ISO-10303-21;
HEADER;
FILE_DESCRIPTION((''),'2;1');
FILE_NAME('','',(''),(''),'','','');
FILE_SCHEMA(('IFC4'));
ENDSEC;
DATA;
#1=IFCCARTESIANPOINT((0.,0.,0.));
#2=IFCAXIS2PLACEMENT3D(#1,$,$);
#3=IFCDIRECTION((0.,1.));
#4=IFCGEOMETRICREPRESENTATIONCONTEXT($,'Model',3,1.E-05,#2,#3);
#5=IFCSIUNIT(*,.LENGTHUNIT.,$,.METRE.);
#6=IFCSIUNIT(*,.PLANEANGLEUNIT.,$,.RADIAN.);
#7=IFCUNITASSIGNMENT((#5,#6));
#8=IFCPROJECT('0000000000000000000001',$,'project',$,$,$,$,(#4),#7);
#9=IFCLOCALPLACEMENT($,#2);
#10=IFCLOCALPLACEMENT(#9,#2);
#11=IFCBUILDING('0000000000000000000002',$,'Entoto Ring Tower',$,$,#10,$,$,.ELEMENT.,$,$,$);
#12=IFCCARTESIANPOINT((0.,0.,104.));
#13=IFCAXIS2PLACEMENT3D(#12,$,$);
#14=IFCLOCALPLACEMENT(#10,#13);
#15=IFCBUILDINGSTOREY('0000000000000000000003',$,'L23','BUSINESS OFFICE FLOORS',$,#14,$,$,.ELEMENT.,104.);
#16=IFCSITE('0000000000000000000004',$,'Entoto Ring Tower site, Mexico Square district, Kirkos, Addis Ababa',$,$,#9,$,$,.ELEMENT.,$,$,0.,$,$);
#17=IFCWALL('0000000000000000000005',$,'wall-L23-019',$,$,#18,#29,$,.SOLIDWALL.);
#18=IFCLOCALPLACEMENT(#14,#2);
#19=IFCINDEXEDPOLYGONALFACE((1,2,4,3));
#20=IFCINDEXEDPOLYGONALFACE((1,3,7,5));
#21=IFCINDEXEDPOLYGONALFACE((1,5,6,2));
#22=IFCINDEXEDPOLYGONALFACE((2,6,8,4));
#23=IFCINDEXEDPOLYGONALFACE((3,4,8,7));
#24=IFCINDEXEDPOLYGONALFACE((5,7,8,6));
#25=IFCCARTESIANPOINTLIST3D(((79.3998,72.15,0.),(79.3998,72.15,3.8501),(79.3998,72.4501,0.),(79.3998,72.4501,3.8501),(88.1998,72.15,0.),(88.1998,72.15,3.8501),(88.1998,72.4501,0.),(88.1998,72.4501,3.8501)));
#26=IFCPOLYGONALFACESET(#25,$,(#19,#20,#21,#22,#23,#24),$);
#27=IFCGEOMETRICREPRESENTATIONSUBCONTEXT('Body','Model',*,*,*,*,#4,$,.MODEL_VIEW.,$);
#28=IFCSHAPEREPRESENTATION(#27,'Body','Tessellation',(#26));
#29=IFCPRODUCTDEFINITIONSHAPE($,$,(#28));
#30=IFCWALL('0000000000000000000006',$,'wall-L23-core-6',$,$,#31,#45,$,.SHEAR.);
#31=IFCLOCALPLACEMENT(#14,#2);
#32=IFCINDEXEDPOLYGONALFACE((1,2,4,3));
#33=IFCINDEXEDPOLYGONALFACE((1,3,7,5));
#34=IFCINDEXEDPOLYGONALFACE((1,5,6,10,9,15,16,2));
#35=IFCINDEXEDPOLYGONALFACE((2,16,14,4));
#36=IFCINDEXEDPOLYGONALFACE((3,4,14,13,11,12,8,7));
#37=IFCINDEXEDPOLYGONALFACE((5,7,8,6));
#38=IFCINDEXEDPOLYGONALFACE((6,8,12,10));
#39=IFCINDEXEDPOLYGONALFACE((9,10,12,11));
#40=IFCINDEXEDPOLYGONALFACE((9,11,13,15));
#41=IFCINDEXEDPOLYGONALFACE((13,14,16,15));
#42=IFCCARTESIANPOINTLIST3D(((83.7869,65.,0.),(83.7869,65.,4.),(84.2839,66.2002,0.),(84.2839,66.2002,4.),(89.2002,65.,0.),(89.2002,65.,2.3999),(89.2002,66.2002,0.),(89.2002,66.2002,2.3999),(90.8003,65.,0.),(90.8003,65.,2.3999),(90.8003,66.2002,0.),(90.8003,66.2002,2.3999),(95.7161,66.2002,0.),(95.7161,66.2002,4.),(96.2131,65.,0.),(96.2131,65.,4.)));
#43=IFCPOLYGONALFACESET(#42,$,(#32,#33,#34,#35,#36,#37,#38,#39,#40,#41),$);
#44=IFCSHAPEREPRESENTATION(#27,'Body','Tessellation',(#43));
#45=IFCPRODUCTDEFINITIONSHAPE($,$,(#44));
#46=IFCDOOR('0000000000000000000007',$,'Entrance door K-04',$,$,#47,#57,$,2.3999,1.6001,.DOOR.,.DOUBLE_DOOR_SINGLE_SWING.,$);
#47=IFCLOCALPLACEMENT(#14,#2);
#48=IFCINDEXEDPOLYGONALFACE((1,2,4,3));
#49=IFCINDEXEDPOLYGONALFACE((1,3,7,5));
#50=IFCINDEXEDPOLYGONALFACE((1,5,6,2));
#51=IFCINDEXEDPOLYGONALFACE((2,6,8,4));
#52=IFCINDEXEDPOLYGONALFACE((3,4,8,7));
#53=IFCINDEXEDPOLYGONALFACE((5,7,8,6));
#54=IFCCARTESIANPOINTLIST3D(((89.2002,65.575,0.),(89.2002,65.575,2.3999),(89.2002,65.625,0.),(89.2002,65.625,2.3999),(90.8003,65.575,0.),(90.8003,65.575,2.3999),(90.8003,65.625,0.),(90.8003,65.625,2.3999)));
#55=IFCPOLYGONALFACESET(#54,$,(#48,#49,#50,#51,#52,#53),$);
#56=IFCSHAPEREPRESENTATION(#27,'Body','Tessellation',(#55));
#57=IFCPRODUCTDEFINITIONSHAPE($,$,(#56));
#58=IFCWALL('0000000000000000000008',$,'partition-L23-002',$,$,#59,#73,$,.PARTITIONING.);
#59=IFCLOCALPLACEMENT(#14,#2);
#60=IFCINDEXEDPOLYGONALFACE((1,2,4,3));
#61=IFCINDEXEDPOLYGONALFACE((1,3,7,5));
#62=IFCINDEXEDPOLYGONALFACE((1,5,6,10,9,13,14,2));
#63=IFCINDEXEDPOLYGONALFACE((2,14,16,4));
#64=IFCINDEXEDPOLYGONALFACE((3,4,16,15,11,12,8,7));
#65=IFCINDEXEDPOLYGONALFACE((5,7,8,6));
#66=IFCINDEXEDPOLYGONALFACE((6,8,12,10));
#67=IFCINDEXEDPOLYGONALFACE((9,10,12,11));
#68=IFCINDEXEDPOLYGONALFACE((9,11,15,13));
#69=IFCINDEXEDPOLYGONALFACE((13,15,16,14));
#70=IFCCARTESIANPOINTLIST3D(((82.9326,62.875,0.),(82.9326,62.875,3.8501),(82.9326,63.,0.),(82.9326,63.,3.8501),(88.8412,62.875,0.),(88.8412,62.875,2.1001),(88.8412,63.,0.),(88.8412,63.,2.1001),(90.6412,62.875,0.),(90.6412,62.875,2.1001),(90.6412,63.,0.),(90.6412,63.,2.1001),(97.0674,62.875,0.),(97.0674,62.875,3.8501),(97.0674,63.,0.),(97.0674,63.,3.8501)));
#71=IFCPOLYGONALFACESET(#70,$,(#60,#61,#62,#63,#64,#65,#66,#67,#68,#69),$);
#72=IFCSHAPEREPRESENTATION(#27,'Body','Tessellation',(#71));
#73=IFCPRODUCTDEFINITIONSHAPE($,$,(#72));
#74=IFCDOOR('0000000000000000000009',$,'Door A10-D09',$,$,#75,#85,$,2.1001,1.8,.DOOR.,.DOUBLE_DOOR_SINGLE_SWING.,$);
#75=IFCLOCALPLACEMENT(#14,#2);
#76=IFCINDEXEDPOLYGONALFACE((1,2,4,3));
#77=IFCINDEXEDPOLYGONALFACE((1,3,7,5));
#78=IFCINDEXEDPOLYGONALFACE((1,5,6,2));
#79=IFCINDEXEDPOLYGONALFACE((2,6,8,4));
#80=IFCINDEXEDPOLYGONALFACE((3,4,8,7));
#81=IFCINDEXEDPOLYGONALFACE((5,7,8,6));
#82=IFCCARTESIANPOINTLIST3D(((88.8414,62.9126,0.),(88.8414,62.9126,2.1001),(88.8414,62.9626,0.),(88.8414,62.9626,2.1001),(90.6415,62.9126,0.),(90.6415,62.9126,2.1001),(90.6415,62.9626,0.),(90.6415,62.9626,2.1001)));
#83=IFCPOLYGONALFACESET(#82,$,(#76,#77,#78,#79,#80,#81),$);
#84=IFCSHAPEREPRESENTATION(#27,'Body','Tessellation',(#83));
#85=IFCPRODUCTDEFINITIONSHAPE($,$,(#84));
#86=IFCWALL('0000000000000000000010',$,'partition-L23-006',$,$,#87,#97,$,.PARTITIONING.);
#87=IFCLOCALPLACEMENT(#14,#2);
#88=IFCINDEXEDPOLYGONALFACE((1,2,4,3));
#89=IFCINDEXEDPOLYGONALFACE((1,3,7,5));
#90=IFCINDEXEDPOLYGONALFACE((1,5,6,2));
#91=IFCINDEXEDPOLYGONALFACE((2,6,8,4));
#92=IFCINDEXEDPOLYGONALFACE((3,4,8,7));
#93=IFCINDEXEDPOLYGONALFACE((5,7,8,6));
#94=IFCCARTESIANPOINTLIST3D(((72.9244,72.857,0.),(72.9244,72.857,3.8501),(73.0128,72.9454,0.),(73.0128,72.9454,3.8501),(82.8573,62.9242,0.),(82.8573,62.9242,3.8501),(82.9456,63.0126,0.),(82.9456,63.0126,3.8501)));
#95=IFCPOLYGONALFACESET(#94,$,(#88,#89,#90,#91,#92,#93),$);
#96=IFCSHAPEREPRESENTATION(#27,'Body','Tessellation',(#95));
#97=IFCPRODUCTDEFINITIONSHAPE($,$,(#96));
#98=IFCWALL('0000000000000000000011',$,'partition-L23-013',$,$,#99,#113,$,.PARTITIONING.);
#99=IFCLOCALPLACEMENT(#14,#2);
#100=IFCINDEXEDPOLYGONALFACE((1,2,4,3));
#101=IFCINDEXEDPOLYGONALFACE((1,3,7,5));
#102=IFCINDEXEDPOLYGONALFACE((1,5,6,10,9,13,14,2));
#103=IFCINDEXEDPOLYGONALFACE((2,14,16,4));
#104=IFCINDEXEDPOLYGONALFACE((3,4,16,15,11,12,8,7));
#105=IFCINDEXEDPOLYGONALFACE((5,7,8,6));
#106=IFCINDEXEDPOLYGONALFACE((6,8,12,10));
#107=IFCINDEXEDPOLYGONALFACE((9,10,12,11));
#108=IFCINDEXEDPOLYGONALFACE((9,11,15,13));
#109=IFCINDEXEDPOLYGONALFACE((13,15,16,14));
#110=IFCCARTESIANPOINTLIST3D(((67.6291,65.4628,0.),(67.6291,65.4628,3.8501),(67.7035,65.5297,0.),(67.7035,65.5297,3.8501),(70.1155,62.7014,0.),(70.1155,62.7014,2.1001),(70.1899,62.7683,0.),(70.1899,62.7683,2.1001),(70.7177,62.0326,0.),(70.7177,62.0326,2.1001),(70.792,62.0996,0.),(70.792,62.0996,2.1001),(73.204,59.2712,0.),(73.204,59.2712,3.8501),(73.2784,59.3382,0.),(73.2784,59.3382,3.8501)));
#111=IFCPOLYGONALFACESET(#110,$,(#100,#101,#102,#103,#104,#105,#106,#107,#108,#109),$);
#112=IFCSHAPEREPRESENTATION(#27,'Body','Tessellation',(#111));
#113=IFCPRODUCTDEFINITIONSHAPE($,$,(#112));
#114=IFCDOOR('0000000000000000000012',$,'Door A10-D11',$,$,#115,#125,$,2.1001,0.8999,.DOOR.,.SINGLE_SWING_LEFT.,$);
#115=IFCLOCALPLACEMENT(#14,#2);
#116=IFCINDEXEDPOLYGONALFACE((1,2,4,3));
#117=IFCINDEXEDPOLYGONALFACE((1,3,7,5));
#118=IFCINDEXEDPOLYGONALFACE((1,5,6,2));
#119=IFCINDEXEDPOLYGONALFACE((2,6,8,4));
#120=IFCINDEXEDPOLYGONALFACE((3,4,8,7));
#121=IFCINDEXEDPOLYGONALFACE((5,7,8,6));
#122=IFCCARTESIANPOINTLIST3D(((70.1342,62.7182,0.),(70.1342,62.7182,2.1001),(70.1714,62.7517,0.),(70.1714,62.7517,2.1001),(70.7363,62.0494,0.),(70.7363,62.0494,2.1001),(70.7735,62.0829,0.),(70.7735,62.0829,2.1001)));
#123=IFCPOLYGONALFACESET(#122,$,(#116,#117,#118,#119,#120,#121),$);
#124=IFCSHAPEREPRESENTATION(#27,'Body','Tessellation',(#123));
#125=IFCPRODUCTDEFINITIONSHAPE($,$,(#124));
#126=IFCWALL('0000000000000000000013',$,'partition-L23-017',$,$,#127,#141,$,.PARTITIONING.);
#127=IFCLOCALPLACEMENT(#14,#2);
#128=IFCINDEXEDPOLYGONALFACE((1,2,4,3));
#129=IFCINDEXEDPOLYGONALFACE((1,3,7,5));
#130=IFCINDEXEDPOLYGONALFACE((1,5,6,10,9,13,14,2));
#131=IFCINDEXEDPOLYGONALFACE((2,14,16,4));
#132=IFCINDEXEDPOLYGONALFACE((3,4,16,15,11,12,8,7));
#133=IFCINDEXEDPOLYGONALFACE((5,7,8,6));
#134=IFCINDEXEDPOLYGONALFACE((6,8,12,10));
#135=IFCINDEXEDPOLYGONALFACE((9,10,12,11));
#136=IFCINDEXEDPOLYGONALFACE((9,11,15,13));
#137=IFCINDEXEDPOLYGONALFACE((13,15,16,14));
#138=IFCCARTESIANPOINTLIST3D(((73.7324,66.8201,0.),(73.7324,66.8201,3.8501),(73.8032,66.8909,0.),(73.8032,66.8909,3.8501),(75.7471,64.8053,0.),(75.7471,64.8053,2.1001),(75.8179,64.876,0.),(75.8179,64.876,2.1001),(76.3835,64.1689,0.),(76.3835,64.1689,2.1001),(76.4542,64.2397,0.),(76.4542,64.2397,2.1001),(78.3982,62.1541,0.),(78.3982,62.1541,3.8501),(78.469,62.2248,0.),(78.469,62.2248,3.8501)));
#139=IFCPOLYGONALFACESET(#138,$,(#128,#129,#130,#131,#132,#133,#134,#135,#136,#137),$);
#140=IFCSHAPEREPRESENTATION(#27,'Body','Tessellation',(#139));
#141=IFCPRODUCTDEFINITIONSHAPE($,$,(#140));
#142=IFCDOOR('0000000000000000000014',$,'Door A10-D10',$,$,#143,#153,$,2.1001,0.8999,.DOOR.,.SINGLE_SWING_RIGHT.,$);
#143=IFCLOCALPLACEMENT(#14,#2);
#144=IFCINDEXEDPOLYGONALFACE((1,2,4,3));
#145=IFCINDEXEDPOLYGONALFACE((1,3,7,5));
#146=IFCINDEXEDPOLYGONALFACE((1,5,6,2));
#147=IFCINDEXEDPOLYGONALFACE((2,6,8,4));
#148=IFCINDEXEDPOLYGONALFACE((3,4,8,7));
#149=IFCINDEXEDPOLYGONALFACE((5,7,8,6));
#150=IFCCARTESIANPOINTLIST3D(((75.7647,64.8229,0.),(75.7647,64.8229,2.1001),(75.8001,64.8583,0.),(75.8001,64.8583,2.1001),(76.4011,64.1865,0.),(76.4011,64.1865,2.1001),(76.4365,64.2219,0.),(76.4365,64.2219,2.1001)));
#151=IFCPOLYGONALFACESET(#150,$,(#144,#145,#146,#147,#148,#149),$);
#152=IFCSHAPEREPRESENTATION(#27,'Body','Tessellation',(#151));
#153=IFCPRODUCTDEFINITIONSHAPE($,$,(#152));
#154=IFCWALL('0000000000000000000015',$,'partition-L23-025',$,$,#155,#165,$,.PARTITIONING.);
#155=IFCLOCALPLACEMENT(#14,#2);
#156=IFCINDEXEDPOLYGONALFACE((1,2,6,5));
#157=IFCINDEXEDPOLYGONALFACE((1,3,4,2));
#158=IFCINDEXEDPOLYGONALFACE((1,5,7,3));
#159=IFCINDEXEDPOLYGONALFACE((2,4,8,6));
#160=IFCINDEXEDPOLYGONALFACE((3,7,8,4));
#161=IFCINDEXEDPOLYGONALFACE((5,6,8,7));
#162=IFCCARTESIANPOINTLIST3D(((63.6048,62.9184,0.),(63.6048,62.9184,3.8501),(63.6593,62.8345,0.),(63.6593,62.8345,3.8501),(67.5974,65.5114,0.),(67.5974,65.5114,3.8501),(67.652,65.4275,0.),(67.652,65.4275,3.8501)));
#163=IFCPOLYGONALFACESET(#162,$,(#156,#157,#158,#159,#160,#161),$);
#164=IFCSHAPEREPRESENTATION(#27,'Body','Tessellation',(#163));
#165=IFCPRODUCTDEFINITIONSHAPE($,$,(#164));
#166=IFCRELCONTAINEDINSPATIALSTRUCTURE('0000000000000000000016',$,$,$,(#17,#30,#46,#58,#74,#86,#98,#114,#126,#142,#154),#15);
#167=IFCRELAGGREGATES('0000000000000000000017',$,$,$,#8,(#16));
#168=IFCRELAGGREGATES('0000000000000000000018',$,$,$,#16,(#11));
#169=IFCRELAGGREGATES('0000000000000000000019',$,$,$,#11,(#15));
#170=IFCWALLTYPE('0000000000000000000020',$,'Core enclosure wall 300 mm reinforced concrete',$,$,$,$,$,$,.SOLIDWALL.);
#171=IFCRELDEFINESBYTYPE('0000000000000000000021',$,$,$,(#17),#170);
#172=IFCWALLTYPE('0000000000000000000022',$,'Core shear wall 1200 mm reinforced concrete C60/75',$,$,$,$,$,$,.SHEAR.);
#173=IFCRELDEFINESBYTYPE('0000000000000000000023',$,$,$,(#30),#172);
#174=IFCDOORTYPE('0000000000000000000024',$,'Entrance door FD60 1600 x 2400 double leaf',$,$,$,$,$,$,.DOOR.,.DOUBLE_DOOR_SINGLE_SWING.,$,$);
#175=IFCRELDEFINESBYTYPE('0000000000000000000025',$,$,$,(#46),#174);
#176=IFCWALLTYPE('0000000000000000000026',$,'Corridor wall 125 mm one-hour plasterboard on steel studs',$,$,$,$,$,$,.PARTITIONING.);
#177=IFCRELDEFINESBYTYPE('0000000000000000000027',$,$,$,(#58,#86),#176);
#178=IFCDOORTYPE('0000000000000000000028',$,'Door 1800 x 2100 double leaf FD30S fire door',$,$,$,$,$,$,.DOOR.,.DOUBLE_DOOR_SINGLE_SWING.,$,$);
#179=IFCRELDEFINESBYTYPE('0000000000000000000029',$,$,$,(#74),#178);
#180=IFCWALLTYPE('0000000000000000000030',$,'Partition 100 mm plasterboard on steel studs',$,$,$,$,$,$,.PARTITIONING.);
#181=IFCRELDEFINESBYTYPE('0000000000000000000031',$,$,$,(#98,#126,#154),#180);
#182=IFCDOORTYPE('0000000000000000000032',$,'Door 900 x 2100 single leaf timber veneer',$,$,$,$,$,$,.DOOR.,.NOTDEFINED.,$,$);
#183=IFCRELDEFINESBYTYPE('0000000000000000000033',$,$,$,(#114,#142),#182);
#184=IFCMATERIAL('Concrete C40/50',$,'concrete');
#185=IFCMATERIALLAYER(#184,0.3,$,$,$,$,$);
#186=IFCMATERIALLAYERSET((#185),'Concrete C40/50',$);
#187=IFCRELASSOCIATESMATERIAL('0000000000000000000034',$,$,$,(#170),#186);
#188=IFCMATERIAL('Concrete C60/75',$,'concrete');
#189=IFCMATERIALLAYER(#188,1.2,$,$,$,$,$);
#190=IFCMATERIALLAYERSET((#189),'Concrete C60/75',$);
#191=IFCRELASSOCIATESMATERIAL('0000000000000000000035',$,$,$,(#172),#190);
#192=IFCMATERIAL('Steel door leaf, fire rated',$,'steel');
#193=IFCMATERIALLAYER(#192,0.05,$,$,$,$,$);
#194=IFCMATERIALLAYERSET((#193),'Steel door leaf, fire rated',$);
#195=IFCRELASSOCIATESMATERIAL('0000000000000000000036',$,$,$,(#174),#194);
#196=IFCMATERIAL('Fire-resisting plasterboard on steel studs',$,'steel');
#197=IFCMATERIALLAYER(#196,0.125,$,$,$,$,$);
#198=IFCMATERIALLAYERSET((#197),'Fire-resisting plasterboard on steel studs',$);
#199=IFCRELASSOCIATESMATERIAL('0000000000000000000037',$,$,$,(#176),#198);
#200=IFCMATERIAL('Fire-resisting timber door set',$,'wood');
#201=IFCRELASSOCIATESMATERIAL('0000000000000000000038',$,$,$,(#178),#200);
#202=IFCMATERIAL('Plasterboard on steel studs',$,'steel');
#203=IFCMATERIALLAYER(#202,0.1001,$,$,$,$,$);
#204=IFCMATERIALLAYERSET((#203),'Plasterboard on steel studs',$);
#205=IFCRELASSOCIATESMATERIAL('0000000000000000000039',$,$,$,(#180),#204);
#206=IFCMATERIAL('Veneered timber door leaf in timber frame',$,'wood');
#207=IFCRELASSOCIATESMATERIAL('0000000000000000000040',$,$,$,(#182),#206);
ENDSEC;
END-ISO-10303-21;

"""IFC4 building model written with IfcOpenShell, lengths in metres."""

from ifc_helpers import new_model, si_unit, direction, frame, frame_2d, origin, place, context, subcontext, project, spatial, polyline, rectangle, outline, extrude, material, layer, layer_set, type_object, element, fill, save


model = new_model("IFC4")

# Units and contexts
model_context = context("Model", 3, precision=1e-05, world=origin(), true_north=direction((0.0, 1.0)))
body_context = subcontext(model_context, "Body", "Model", "MODEL_VIEW")
ifc_project = project(units=[si_unit("LENGTHUNIT", "METRE"), si_unit("PLANEANGLEUNIT", "RADIAN")], contexts=[model_context])

# Site, building, storey
site_placement = place(None, origin())
site = spatial("IfcSite", under=ifc_project, at=site_placement, Name="Entoto Ring Tower site, Mexico Square district, Kirkos, Addis Ababa", CompositionType="ELEMENT", RefElevation=0.0)
building_placement = place(site_placement, origin())
building = spatial("IfcBuilding", under=site, at=building_placement, Name="Entoto Ring Tower", CompositionType="ELEMENT")
storey_placement = place(building_placement, frame((0.0, 0.0, 104.0)))
storey = spatial("IfcBuildingStorey", under=building, at=storey_placement, Name="L23", Description="BUSINESS OFFICE FLOORS", CompositionType="ELEMENT", Elevation=104.0)

# Shared definitions
ifc_material_1 = material(Name="Concrete C40/50", Category="concrete")
ifc_layer_1 = layer(ifc_material_1, 0.3)
ifc_layer_set_1 = layer_set([ifc_layer_1], Name="Concrete C40/50")
wall_type_1 = type_object("IfcWallType", Name="Core enclosure wall 300 mm reinforced concrete", PredefinedType="SOLIDWALL", material=ifc_layer_set_1)

# Wall
wall_1_placement = place(storey_placement, frame((79.3999, 72.3, 0.0), z_axis=(0.0, 0.0, 1.0), x_axis=(1.0, 0.0, 0.0)))
element("IfcWall", 1, at=wall_1_placement, inside=storey, type_object=wall_type_1, Name="wall-L23-019", PredefinedType="SOLIDWALL", context=body_context, shape_type="SweptSolid", body=[
    extrude(rectangle(XDim=8.8, YDim=0.3, at=frame_2d((4.3999, 0.0))), origin(), (0.0, 0.0, 1.0), 3.8501),
])

# Walls, openings, doors
ifc_material_2 = material(Name="Concrete C60/75", Category="concrete")
ifc_layer_2 = layer(ifc_material_2, 1.2)
ifc_layer_set_2 = layer_set([ifc_layer_2], Name="Concrete C60/75")
wall_type_2 = type_object("IfcWallType", Name="Core shear wall 1200 mm reinforced concrete C60/75", PredefinedType="SHEAR", material=ifc_layer_set_2)
wall_2_placement = place(storey_placement, frame((84.0354, 65.6001, 0.0), z_axis=(0.0, 0.0, 1.0), x_axis=(1.0, 0.0, 0.0)))
wall_2 = element("IfcWall", 2, at=wall_2_placement, inside=storey, type_object=wall_type_2, Name="wall-L23-core-6", PredefinedType="SHEAR", context=body_context, shape_type="SweptSolid", body=[
    extrude(outline(polyline([(-0.2485, -0.6001), (12.1777, -0.6001), (11.6807, 0.6001), (0.2485, 0.6001), (-0.2485, -0.6001)])), origin(), (0.0, 0.0, 1.0), 4.0),
])
opening_1_placement = place(wall_2_placement, frame((5.1648, 0.0, 0.0)))
opening_1 = element("IfcOpeningElement", 3, at=opening_1_placement, cuts=wall_2, PredefinedType="OPENING", context=body_context, shape_type="SweptSolid", body=[
    extrude(rectangle(XDim=1.6001, YDim=2.3999, at=frame_2d((0.8, 1.2))), frame((0.0, 0.6099, 0.0), z_axis=(0.0, -1.0, 0.0), x_axis=(1.0, 0.0, 0.0)), (0.0, 0.0, 1.0), 1.22),
])
ifc_material_3 = material(Name="Steel door leaf, fire rated", Category="steel")
ifc_layer_3 = layer(ifc_material_3, 0.05)
ifc_layer_set_3 = layer_set([ifc_layer_3], Name="Steel door leaf, fire rated")
door_type_1 = type_object("IfcDoorType", Name="Entrance door FD60 1600 x 2400 double leaf", OperationType="DOUBLE_DOOR_SINGLE_SWING", PredefinedType="DOOR", material=ifc_layer_set_3)
door_1_placement = place(opening_1_placement, origin())
door_1 = element("IfcDoor", 4, at=door_1_placement, inside=storey, type_object=door_type_1, Name="Entrance door K-04", OperationType="DOUBLE_DOOR_SINGLE_SWING", OverallHeight=2.3999, OverallWidth=1.6001, PredefinedType="DOOR", context=body_context, shape_type="SweptSolid", body=[
    extrude(rectangle(XDim=1.6001, YDim=2.3999, at=frame_2d((0.8, 1.2))), frame((0.0, 0.0249, 0.0), z_axis=(0.0, -1.0, 0.0), x_axis=(1.0, 0.0, 0.0)), (0.0, 0.0, 1.0), 0.05),
])
fill(opening_1, door_1)
ifc_material_4 = material(Name="Fire-resisting plasterboard on steel studs", Category="steel")
ifc_layer_4 = layer(ifc_material_4, 0.125)
ifc_layer_set_4 = layer_set([ifc_layer_4], Name="Fire-resisting plasterboard on steel studs")
wall_type_3 = type_object("IfcWallType", Name="Corridor wall 125 mm one-hour plasterboard on steel studs", PredefinedType="PARTITIONING", material=ifc_layer_set_4)
wall_3_placement = place(storey_placement, frame((82.9326, 62.9375, 0.0), z_axis=(0.0, 0.0, 1.0), x_axis=(1.0, 0.0, 0.0)))
wall_3 = element("IfcWall", 5, at=wall_3_placement, inside=storey, type_object=wall_type_3, Name="partition-L23-002", PredefinedType="PARTITIONING", context=body_context, shape_type="SweptSolid", body=[
    extrude(rectangle(XDim=14.1348, YDim=0.125, at=frame_2d((7.0674, 0.0))), origin(), (0.0, 0.0, 1.0), 3.8501),
])
opening_2_placement = place(wall_3_placement, frame((5.9087, 0.0, 0.0)))
opening_2 = element("IfcOpeningElement", 6, at=opening_2_placement, cuts=wall_3, PredefinedType="OPENING", context=body_context, shape_type="SweptSolid", body=[
    extrude(rectangle(XDim=1.8, YDim=2.1001, at=frame_2d((0.8999, 1.05))), frame((0.0, 0.0725, 0.0), z_axis=(0.0, -1.0, 0.0), x_axis=(1.0, 0.0, 0.0)), (0.0, 0.0, 1.0), 0.145),
])
ifc_material_5 = material(Name="Fire-resisting timber door set", Category="wood")
door_type_2 = type_object("IfcDoorType", Name="Door 1800 x 2100 double leaf FD30S fire door", OperationType="DOUBLE_DOOR_SINGLE_SWING", PredefinedType="DOOR", material=ifc_material_5)
door_2_placement = place(opening_2_placement, frame((1.8, 0.0, 0.0), z_axis=(0.0, 0.0, 1.0), x_axis=(-1.0, 0.0, 0.0)))
door_2 = element("IfcDoor", 7, at=door_2_placement, inside=storey, type_object=door_type_2, Name="Door A10-D09", OperationType="DOUBLE_DOOR_SINGLE_SWING", OverallHeight=2.1001, OverallWidth=1.8, PredefinedType="DOOR", context=body_context, shape_type="SweptSolid", body=[
    extrude(rectangle(XDim=1.8, YDim=2.1001, at=frame_2d((0.8999, 1.05))), frame((0.0, 0.0249, 0.0), z_axis=(0.0, -1.0, 0.0), x_axis=(1.0, 0.0, 0.0)), (0.0, 0.0, 1.0), 0.05),
])
fill(opening_2, door_2)

# Wall
wall_4_placement = place(storey_placement, frame((82.9014, 62.9685, 0.0), z_axis=(0.0, 0.0, 1.0), x_axis=(-0.707107, 0.707107, 0.0)))
element("IfcWall", 8, at=wall_4_placement, inside=storey, type_object=wall_type_3, Name="partition-L23-006", PredefinedType="PARTITIONING", context=body_context, shape_type="SweptSolid", body=[
    extrude(rectangle(XDim=14.0471, YDim=0.125, at=frame_2d((7.0234, 0.0))), origin(), (0.0, 0.0, 1.0), 3.8501),
])

# Walls, openings, doors
ifc_material_6 = material(Name="Plasterboard on steel studs", Category="steel")
ifc_layer_5 = layer(ifc_material_6, 0.1001)
ifc_layer_set_5 = layer_set([ifc_layer_5], Name="Plasterboard on steel studs")
wall_type_4 = type_object("IfcWallType", Name="Partition 100 mm plasterboard on steel studs", PredefinedType="PARTITIONING", material=ifc_layer_set_5)
wall_5_placement = place(storey_placement, frame((73.2412, 59.3047, 0.0), z_axis=(0.0, 0.0, 1.0), x_axis=(-0.669128, 0.743147, 0.0)))
wall_5 = element("IfcWall", 9, at=wall_5_placement, inside=storey, type_object=wall_type_4, Name="partition-L23-013", PredefinedType="PARTITIONING", context=body_context, shape_type="SweptSolid", body=[
    extrude(rectangle(XDim=8.3315, YDim=0.1001, at=frame_2d((4.1658, 0.0))), origin(), (0.0, 0.0, 1.0), 3.8501),
])
opening_3_placement = place(wall_5_placement, frame((3.7158, 0.0, 0.0)))
opening_3 = element("IfcOpeningElement", 10, at=opening_3_placement, cuts=wall_5, PredefinedType="OPENING", context=body_context, shape_type="SweptSolid", body=[
    extrude(rectangle(XDim=0.8999, YDim=2.1001, at=frame_2d((0.45, 1.05))), frame((0.0, 0.0601, 0.0), z_axis=(0.0, -1.0, 0.0), x_axis=(1.0, 0.0, 0.0)), (0.0, 0.0, 1.0), 0.1201),
])
ifc_material_7 = material(Name="Veneered timber door leaf in timber frame", Category="wood")
door_type_3 = type_object("IfcDoorType", Name="Door 900 x 2100 single leaf timber veneer", OperationType="NOTDEFINED", PredefinedType="DOOR", material=ifc_material_7)
door_3_placement = place(opening_3_placement, origin())
door_3 = element("IfcDoor", 11, at=door_3_placement, inside=storey, type_object=door_type_3, Name="Door A10-D11", OperationType="SINGLE_SWING_LEFT", OverallHeight=2.1001, OverallWidth=0.8999, PredefinedType="DOOR", context=body_context, shape_type="SweptSolid", body=[
    extrude(rectangle(XDim=0.8999, YDim=2.1001, at=frame_2d((0.45, 1.05))), frame((0.0, 0.0249, 0.0), z_axis=(0.0, -1.0, 0.0), x_axis=(1.0, 0.0, 0.0)), (0.0, 0.0, 1.0), 0.05),
])
fill(opening_3, door_3)
wall_6_placement = place(storey_placement, frame((78.4336, 62.1895, 0.0), z_axis=(0.0, 0.0, 1.0), x_axis=(-0.707088, 0.707125, 0.0)))
wall_6 = element("IfcWall", 12, at=wall_6_placement, inside=storey, type_object=wall_type_4, Name="partition-L23-017", PredefinedType="PARTITIONING", context=body_context, shape_type="SweptSolid", body=[
    extrude(rectangle(XDim=6.5986, YDim=0.1001, at=frame_2d((3.2993, 0.0))), origin(), (0.0, 0.0, 1.0), 3.8501),
])
opening_4_placement = place(wall_6_placement, frame((2.8494, 0.0, 0.0)))
opening_4 = element("IfcOpeningElement", 13, at=opening_4_placement, cuts=wall_6, PredefinedType="OPENING", context=body_context, shape_type="SweptSolid", body=[
    extrude(rectangle(XDim=0.8999, YDim=2.1001, at=frame_2d((0.45, 1.05))), frame((0.0, 0.0601, 0.0), z_axis=(0.0, -1.0, 0.0), x_axis=(1.0, 0.0, 0.0)), (0.0, 0.0, 1.0), 0.1201),
])
door_4_placement = place(opening_4_placement, frame((0.8999, 0.0, 0.0), z_axis=(0.0, 0.0, 1.0), x_axis=(-1.0, 0.0, 0.0)))
door_4 = element("IfcDoor", 14, at=door_4_placement, inside=storey, type_object=door_type_3, Name="Door A10-D10", OperationType="SINGLE_SWING_RIGHT", OverallHeight=2.1001, OverallWidth=0.8999, PredefinedType="DOOR", context=body_context, shape_type="SweptSolid", body=[
    extrude(rectangle(XDim=0.8999, YDim=2.1001, at=frame_2d((0.45, 1.05))), frame((0.0, 0.0249, 0.0), z_axis=(0.0, -1.0, 0.0), x_axis=(1.0, 0.0, 0.0)), (0.0, 0.0, 1.0), 0.05),
])
fill(opening_4, door_4)

# Wall
wall_7_placement = place(storey_placement, frame((63.6321, 62.8765, 0.0), z_axis=(0.0, 0.0, 1.0), x_axis=(0.838657, 0.54466, 0.0)))
element("IfcWall", 15, at=wall_7_placement, inside=storey, type_object=wall_type_4, Name="partition-L23-025", PredefinedType="PARTITIONING", context=body_context, shape_type="SweptSolid", body=[
    extrude(rectangle(XDim=4.7607, YDim=0.1001, at=frame_2d((2.3804, 0.0))), origin(), (0.0, 0.0, 1.0), 3.8501),
])

save(model, "model.ifc")
